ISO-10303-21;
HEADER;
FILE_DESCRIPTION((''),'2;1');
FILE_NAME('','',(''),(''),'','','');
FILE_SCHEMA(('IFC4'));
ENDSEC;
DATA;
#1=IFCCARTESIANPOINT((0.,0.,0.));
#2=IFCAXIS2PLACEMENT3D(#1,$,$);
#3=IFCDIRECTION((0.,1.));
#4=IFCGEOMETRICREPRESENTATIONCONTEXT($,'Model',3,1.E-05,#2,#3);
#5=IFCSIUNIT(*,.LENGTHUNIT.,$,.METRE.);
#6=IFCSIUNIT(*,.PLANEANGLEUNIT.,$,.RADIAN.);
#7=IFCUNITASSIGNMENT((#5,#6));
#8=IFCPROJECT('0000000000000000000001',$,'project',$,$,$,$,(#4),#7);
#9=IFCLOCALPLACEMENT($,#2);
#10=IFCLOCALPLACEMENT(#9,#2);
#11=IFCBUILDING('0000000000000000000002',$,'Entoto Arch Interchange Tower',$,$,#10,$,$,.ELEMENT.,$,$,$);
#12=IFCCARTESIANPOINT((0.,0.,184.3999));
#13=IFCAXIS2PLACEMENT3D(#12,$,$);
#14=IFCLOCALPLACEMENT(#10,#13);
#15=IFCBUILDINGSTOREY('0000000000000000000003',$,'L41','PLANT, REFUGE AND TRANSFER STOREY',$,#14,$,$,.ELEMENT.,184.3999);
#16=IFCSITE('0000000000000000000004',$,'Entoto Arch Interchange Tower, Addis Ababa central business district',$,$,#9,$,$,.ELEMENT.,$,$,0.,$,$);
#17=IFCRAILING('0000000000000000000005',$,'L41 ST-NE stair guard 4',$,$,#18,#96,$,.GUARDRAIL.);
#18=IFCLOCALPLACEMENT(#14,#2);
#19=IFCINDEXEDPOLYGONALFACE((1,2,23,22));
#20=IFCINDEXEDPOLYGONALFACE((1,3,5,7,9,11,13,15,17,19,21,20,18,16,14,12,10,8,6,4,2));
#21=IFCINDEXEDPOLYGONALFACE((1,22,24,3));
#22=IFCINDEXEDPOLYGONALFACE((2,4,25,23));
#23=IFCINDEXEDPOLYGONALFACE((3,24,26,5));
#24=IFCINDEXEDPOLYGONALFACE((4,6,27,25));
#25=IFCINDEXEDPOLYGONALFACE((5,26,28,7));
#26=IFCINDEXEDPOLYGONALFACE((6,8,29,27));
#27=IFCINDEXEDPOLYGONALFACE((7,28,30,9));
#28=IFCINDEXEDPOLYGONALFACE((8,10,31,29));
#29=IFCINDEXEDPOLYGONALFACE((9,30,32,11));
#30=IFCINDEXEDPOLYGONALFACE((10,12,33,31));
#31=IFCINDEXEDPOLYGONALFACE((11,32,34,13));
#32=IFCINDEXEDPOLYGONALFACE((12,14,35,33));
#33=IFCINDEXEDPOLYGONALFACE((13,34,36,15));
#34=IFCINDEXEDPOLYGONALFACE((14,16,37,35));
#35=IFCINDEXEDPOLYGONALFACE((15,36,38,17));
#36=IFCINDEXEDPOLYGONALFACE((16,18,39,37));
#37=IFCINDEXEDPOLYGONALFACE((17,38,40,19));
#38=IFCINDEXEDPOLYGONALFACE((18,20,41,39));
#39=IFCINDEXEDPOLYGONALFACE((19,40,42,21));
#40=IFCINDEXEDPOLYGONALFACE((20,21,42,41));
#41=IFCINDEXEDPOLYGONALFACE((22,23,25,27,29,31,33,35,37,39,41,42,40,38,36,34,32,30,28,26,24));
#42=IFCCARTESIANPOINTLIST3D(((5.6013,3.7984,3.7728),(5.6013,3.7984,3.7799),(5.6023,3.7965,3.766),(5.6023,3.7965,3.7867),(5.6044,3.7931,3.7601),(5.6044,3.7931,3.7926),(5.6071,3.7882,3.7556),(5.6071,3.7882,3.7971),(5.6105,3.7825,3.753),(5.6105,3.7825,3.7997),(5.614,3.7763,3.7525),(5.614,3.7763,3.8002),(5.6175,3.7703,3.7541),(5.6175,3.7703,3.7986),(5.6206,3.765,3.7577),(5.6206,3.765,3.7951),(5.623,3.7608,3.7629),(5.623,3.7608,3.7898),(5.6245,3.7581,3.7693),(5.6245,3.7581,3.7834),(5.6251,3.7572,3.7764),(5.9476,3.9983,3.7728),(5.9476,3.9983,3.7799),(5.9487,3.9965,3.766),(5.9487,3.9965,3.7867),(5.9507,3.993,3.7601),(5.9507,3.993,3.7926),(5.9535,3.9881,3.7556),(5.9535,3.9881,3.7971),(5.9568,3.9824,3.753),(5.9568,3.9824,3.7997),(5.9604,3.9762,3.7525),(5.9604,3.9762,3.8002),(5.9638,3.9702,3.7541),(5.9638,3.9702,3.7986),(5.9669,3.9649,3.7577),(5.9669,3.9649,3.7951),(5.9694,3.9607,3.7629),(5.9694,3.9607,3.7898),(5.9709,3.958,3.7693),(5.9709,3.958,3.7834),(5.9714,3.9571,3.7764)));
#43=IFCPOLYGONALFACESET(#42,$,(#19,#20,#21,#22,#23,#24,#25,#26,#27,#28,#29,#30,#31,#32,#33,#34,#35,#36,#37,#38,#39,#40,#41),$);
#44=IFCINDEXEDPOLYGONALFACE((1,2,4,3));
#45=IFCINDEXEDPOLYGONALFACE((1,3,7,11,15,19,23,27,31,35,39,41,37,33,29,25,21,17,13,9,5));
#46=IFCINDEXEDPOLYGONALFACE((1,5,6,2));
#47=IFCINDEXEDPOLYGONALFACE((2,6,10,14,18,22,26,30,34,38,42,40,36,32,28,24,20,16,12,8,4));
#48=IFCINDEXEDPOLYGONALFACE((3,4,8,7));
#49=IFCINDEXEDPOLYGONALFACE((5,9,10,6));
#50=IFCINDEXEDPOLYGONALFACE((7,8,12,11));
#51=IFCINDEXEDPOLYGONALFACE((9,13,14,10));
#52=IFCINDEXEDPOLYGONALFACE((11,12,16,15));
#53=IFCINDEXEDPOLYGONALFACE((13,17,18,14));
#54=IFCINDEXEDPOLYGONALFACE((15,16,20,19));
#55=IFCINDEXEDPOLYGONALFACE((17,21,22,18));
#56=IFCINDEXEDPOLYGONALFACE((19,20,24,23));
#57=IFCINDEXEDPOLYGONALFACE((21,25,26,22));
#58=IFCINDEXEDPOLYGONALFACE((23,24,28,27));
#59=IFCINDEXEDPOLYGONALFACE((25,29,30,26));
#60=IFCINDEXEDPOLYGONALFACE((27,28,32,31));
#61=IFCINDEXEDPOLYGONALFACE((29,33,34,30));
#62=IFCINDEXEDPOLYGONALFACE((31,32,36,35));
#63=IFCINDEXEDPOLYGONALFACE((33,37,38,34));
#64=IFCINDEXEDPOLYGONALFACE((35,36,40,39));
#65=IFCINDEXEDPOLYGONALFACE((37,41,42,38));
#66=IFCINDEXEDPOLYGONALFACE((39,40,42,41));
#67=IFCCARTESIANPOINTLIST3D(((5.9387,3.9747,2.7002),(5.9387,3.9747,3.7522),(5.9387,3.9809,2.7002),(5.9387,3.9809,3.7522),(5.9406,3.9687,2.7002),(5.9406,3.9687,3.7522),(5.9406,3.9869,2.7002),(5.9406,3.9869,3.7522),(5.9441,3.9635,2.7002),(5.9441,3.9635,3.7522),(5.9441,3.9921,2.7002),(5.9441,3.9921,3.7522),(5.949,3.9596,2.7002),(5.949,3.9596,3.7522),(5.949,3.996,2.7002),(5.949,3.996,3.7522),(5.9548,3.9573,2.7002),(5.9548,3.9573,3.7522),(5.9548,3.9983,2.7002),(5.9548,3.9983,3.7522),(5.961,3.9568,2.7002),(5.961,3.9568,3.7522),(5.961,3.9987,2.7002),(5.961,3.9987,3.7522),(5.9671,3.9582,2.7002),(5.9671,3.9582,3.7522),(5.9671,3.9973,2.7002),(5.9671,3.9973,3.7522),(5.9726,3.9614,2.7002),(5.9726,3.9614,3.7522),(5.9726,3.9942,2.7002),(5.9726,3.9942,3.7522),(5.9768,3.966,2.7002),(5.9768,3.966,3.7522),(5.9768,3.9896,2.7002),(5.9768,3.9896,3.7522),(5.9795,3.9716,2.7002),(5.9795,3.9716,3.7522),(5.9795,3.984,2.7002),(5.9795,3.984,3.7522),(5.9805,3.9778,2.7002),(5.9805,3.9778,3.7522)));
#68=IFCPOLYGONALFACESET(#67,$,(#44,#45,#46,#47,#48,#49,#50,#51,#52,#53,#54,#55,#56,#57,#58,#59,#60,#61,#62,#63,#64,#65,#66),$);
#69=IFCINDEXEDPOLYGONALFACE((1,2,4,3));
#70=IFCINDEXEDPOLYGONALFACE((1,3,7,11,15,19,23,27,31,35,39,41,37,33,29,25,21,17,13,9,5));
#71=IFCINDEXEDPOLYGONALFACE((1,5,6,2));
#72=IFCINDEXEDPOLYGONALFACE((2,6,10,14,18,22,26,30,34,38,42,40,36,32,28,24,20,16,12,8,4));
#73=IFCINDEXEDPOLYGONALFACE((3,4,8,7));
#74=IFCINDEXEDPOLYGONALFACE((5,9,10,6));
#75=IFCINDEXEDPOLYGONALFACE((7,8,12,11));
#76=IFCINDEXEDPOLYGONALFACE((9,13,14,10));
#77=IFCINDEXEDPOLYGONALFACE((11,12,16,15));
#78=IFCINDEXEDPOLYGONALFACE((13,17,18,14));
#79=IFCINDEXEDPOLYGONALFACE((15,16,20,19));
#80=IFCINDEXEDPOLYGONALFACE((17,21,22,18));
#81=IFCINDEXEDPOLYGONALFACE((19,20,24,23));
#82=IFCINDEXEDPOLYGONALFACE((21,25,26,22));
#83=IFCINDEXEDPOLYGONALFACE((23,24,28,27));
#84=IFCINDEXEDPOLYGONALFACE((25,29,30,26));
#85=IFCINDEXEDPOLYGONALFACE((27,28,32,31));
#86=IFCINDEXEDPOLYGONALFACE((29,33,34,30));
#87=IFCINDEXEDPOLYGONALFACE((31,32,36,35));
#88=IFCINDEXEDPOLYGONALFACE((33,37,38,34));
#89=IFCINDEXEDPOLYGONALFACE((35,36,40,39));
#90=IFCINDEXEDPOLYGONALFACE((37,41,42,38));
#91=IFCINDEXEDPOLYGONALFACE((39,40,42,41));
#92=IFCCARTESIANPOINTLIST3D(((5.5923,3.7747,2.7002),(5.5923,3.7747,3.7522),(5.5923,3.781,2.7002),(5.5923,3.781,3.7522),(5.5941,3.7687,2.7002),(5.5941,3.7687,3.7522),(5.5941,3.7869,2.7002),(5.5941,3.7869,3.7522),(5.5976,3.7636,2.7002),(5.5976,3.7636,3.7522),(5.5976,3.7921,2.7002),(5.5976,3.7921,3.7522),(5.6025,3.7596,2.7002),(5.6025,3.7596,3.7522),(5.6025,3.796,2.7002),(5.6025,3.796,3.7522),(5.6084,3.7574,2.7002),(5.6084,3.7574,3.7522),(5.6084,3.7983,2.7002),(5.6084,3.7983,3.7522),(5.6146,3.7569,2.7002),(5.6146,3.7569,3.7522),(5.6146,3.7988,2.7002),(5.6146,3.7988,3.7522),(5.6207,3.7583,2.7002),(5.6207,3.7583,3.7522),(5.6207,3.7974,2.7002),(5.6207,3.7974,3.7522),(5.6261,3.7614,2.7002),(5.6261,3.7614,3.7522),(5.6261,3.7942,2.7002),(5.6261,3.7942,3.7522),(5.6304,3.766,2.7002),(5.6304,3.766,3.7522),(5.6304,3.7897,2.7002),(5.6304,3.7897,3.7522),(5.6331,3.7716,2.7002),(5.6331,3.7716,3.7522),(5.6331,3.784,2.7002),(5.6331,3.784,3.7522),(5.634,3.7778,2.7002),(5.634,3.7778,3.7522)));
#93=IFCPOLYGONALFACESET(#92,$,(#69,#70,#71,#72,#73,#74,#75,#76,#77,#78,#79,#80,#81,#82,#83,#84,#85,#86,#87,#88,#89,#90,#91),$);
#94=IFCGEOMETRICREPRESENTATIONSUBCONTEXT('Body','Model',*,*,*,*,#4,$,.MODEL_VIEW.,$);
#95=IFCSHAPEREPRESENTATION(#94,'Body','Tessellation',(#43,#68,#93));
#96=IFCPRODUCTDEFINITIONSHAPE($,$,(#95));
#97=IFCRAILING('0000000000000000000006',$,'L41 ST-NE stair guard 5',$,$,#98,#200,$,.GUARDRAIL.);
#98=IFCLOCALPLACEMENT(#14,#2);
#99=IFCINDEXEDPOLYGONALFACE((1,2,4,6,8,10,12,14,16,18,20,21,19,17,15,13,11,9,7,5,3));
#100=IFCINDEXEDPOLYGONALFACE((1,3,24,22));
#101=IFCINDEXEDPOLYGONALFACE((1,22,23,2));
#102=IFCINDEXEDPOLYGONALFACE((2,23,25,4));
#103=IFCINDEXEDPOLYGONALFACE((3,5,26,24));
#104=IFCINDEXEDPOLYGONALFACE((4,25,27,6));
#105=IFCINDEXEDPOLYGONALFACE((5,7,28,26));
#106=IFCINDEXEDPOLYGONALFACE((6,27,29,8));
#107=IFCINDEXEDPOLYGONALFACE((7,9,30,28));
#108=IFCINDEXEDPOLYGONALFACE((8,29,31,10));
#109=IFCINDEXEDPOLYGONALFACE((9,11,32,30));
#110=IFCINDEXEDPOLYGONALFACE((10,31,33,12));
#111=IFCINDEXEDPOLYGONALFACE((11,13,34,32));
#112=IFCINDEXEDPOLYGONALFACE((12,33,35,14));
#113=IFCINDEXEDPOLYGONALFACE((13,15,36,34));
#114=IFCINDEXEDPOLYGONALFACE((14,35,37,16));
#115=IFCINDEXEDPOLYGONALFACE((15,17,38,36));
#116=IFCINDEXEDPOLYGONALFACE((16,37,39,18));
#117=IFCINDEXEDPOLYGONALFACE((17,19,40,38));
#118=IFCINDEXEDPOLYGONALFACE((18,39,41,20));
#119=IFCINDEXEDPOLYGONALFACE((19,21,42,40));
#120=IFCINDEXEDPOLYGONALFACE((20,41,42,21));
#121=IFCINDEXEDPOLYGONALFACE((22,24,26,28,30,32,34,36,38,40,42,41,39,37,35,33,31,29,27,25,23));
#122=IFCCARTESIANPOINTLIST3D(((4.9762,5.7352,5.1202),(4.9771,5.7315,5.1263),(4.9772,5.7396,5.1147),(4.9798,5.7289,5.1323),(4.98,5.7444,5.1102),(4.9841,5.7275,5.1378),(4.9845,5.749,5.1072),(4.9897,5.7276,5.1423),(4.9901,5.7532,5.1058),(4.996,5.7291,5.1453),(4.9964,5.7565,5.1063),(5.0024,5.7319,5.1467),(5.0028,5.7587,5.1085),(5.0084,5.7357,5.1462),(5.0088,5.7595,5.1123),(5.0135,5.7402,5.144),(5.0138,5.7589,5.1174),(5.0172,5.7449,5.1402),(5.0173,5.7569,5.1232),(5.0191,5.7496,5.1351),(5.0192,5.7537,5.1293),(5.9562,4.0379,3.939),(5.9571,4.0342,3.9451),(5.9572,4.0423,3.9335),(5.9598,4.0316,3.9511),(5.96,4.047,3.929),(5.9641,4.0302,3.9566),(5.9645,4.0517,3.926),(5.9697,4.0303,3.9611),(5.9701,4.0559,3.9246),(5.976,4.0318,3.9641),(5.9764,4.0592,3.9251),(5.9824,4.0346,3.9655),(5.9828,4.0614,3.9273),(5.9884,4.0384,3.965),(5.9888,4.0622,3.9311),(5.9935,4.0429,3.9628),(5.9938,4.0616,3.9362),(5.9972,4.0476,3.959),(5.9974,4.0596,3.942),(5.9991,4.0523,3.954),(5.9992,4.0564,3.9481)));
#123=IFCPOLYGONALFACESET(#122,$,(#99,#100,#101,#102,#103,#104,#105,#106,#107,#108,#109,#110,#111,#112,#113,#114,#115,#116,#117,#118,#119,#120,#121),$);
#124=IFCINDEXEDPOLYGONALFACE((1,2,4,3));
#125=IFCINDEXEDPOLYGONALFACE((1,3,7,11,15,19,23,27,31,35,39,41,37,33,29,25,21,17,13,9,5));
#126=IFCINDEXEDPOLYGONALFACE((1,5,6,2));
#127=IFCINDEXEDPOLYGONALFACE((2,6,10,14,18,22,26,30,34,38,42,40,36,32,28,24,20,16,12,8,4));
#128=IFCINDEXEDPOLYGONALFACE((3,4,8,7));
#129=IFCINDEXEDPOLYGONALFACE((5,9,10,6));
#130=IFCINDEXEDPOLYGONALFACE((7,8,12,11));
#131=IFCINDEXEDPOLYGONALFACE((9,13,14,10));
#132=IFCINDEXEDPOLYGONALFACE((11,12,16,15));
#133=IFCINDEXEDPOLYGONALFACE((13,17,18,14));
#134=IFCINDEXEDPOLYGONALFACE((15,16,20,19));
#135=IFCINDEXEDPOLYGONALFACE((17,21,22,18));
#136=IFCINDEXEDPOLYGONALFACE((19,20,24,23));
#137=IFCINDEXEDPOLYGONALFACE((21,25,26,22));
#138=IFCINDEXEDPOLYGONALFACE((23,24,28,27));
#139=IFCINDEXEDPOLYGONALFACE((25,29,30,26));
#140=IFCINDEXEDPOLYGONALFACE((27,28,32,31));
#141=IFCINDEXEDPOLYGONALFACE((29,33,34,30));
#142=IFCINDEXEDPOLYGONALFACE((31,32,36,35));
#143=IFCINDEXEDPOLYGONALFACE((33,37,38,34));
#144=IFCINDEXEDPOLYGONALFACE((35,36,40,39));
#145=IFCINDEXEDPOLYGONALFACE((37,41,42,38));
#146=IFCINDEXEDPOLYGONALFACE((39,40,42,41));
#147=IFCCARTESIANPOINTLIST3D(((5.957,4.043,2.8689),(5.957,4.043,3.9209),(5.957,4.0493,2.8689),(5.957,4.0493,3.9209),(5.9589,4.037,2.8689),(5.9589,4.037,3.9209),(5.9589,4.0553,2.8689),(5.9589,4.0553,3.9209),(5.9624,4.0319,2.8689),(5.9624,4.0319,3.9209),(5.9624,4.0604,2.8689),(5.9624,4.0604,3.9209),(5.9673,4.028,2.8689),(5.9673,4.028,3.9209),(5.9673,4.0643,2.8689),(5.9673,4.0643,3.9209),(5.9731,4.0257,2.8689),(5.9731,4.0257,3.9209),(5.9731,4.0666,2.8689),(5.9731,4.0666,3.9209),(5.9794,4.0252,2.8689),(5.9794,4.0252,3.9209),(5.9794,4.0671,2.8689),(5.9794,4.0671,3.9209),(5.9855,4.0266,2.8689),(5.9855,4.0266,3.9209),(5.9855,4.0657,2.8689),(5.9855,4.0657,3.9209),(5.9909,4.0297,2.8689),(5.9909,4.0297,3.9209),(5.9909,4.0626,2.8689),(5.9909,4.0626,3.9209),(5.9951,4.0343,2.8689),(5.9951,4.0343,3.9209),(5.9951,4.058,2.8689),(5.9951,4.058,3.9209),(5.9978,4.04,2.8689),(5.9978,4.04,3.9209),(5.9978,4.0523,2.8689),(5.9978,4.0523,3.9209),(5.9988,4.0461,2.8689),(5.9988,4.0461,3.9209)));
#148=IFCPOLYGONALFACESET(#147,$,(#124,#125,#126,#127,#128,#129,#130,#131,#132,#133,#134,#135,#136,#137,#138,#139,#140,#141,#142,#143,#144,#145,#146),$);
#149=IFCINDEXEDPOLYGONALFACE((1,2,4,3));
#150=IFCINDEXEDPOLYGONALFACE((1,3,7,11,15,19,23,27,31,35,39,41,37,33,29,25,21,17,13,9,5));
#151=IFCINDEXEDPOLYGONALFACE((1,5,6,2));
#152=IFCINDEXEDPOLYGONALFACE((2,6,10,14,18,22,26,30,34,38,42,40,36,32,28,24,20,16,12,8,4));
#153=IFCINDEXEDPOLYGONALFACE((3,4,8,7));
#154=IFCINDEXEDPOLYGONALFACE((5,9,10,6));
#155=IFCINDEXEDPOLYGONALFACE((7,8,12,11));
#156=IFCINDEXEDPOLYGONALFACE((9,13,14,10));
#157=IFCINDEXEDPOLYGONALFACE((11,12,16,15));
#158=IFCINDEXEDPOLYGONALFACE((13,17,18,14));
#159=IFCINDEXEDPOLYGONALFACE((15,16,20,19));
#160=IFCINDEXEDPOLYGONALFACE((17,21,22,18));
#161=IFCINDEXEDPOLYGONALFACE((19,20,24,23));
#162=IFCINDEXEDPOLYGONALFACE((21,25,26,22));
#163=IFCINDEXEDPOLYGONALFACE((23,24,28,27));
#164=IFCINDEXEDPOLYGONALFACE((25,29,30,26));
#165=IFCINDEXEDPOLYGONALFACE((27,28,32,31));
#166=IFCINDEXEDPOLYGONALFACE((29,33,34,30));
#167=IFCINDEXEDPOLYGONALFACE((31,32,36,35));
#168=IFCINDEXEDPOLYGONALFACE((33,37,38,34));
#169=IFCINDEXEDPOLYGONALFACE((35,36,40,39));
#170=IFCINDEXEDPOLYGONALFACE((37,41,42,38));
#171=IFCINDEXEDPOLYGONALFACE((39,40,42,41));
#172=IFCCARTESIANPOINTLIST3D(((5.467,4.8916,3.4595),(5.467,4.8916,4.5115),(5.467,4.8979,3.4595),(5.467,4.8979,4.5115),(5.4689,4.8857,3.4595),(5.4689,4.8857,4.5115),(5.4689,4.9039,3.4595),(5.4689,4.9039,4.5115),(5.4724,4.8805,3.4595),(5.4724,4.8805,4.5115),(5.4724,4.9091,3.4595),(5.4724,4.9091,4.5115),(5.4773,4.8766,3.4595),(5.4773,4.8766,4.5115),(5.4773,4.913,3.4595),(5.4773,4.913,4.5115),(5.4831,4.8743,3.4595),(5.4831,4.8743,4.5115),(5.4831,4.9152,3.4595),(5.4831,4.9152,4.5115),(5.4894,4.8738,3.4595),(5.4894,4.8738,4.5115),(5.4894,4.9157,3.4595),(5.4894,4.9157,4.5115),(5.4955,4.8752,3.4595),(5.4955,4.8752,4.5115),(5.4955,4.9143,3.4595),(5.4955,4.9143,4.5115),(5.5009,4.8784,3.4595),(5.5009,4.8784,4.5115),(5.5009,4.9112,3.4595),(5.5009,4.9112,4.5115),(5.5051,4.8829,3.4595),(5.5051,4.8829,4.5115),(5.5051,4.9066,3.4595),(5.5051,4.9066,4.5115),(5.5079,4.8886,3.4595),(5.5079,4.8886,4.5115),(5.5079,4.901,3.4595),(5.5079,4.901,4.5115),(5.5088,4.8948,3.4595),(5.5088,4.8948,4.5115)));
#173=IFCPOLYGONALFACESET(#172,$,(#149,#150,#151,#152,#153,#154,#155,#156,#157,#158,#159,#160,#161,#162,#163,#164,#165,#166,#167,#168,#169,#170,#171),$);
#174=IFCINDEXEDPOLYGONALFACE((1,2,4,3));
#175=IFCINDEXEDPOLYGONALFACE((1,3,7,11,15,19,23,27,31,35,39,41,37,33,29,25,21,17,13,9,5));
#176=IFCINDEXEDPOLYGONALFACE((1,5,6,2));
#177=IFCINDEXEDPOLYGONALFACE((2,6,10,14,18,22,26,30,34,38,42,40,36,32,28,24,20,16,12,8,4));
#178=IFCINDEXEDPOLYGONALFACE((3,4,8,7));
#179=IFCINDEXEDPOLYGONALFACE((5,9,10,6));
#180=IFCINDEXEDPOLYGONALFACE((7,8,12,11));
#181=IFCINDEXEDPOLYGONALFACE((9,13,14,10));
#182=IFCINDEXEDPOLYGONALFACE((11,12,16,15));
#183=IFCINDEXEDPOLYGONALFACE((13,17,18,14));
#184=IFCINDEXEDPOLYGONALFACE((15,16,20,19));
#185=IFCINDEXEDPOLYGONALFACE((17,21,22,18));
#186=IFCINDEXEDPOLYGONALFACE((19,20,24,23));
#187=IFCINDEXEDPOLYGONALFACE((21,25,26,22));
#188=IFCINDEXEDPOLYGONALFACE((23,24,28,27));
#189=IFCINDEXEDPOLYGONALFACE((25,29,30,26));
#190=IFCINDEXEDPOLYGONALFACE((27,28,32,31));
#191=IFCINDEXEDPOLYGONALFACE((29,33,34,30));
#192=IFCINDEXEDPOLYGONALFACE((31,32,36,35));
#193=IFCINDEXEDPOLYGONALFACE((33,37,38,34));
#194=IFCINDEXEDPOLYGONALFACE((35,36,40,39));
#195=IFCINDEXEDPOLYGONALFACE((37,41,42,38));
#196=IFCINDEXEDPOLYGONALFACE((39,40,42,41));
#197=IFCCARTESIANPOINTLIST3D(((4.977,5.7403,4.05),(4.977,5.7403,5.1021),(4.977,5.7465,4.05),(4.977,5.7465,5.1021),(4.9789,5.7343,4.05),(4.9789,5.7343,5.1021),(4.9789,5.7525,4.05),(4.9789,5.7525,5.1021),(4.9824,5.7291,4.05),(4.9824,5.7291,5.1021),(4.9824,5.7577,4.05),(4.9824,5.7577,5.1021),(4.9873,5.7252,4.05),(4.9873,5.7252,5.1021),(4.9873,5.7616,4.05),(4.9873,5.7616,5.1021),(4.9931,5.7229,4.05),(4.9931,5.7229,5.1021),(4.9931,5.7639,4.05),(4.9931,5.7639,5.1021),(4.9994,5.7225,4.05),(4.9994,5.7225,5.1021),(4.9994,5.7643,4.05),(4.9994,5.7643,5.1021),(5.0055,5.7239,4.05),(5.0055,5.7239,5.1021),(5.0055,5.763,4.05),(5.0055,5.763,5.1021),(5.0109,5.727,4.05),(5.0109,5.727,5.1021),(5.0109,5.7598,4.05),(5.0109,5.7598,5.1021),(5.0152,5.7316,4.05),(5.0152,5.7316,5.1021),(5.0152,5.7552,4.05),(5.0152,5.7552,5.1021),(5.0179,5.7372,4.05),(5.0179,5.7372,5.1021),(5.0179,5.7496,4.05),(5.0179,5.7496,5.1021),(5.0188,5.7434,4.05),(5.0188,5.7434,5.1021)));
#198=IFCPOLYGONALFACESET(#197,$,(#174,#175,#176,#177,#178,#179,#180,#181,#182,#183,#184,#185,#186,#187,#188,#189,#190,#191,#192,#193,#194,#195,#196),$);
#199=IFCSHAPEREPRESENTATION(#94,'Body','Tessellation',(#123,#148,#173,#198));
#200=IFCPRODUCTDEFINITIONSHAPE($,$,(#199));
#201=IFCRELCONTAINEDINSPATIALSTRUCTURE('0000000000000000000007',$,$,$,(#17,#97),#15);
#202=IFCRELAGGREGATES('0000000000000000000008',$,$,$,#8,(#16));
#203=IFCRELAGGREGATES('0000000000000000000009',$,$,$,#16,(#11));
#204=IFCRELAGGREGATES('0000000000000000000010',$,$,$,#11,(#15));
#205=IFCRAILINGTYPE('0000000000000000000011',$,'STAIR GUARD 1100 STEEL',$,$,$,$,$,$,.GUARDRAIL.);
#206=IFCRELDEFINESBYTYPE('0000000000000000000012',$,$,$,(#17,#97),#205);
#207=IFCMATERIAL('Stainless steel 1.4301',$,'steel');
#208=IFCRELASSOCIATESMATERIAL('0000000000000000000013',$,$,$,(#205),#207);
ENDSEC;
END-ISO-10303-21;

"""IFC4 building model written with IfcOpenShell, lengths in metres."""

from ifc_helpers import new_model, si_unit, direction, frame, origin, origin_2d, place, context, subcontext, project, spatial, circle, extrude, material, type_object, element, save


model = new_model("IFC4")

# Units and contexts
model_context = context("Model", 3, precision=1e-05, world=origin(), true_north=direction((0.0, 1.0)))
body_context = subcontext(model_context, "Body", "Model", "MODEL_VIEW")
ifc_project = project(units=[si_unit("LENGTHUNIT", "METRE"), si_unit("PLANEANGLEUNIT", "RADIAN")], contexts=[model_context])

# Site, building, storey
site_placement = place(None, origin())
site = spatial("IfcSite", under=ifc_project, at=site_placement, Name="Entoto Arch Interchange Tower, Addis Ababa central business district", CompositionType="ELEMENT", RefElevation=0.0)
building_placement = place(site_placement, origin())
building = spatial("IfcBuilding", under=site, at=building_placement, Name="Entoto Arch Interchange Tower", CompositionType="ELEMENT")
storey_placement = place(building_placement, frame((0.0, 0.0, 184.3999)))
storey = spatial("IfcBuildingStorey", under=building, at=storey_placement, Name="L41", Description="PLANT, REFUGE AND TRANSFER STOREY", CompositionType="ELEMENT", Elevation=184.3999)

# Railings
ifc_material_1 = material(Name="Stainless steel 1.4301", Category="steel")
railing_type_1 = type_object("IfcRailingType", Name="STAIR GUARD 1100 STEEL", PredefinedType="GUARDRAIL", material=ifc_material_1)
railing_1_placement = place(storey_placement, frame((5.9595, 3.9778, 2.7002)))
element("IfcRailing", 1, at=railing_1_placement, inside=storey, type_object=railing_type_1, Name="L41 ST-NE stair guard 4", PredefinedType="GUARDRAIL", context=body_context, shape_type="SweptSolid", body=[
    extrude(circle(Radius=0.0239, at=origin_2d()), frame((0.0, 0.0, 1.0762), z_axis=(-0.866094, -0.499881, 0.0), x_axis=(0.499881, -0.866094, 0.0)), (0.0, 0.0, 1.0), 0.3999),
    extrude(circle(Radius=0.021, at=origin_2d()), origin(), (0.0, 0.0, 1.0), 1.052),
    extrude(circle(Radius=0.021, at=origin_2d()), frame((-0.3464, -0.2, 0.0)), (0.0, 0.0, 1.0), 1.052),
])
railing_2_placement = place(storey_placement, frame((5.9778, 4.0461, 2.8689)))
element("IfcRailing", 2, at=railing_2_placement, inside=storey, type_object=railing_type_1, Name="L41 ST-NE stair guard 5", PredefinedType="GUARDRAIL", context=body_context, shape_type="SweptSolid", body=[
    extrude(circle(Radius=0.0239, at=origin_2d()), frame((0.0, 0.0, 1.0762), z_axis=(-0.428262, 0.741723, 0.516176), x_axis=(-0.866011, -0.500024, 0.0)), (0.0, 0.0, 1.0), 2.2883),
    extrude(circle(Radius=0.021, at=origin_2d()), origin(), (0.0, 0.0, 1.0), 1.052),
    extrude(circle(Radius=0.021, at=origin_2d()), frame((-0.49, 0.8486, 0.5906)), (0.0, 0.0, 1.0), 1.052),
    extrude(circle(Radius=0.021, at=origin_2d()), frame((-0.98, 1.6973, 1.1812)), (0.0, 0.0, 1.0), 1.052),
])

save(model, "model.ifc")
